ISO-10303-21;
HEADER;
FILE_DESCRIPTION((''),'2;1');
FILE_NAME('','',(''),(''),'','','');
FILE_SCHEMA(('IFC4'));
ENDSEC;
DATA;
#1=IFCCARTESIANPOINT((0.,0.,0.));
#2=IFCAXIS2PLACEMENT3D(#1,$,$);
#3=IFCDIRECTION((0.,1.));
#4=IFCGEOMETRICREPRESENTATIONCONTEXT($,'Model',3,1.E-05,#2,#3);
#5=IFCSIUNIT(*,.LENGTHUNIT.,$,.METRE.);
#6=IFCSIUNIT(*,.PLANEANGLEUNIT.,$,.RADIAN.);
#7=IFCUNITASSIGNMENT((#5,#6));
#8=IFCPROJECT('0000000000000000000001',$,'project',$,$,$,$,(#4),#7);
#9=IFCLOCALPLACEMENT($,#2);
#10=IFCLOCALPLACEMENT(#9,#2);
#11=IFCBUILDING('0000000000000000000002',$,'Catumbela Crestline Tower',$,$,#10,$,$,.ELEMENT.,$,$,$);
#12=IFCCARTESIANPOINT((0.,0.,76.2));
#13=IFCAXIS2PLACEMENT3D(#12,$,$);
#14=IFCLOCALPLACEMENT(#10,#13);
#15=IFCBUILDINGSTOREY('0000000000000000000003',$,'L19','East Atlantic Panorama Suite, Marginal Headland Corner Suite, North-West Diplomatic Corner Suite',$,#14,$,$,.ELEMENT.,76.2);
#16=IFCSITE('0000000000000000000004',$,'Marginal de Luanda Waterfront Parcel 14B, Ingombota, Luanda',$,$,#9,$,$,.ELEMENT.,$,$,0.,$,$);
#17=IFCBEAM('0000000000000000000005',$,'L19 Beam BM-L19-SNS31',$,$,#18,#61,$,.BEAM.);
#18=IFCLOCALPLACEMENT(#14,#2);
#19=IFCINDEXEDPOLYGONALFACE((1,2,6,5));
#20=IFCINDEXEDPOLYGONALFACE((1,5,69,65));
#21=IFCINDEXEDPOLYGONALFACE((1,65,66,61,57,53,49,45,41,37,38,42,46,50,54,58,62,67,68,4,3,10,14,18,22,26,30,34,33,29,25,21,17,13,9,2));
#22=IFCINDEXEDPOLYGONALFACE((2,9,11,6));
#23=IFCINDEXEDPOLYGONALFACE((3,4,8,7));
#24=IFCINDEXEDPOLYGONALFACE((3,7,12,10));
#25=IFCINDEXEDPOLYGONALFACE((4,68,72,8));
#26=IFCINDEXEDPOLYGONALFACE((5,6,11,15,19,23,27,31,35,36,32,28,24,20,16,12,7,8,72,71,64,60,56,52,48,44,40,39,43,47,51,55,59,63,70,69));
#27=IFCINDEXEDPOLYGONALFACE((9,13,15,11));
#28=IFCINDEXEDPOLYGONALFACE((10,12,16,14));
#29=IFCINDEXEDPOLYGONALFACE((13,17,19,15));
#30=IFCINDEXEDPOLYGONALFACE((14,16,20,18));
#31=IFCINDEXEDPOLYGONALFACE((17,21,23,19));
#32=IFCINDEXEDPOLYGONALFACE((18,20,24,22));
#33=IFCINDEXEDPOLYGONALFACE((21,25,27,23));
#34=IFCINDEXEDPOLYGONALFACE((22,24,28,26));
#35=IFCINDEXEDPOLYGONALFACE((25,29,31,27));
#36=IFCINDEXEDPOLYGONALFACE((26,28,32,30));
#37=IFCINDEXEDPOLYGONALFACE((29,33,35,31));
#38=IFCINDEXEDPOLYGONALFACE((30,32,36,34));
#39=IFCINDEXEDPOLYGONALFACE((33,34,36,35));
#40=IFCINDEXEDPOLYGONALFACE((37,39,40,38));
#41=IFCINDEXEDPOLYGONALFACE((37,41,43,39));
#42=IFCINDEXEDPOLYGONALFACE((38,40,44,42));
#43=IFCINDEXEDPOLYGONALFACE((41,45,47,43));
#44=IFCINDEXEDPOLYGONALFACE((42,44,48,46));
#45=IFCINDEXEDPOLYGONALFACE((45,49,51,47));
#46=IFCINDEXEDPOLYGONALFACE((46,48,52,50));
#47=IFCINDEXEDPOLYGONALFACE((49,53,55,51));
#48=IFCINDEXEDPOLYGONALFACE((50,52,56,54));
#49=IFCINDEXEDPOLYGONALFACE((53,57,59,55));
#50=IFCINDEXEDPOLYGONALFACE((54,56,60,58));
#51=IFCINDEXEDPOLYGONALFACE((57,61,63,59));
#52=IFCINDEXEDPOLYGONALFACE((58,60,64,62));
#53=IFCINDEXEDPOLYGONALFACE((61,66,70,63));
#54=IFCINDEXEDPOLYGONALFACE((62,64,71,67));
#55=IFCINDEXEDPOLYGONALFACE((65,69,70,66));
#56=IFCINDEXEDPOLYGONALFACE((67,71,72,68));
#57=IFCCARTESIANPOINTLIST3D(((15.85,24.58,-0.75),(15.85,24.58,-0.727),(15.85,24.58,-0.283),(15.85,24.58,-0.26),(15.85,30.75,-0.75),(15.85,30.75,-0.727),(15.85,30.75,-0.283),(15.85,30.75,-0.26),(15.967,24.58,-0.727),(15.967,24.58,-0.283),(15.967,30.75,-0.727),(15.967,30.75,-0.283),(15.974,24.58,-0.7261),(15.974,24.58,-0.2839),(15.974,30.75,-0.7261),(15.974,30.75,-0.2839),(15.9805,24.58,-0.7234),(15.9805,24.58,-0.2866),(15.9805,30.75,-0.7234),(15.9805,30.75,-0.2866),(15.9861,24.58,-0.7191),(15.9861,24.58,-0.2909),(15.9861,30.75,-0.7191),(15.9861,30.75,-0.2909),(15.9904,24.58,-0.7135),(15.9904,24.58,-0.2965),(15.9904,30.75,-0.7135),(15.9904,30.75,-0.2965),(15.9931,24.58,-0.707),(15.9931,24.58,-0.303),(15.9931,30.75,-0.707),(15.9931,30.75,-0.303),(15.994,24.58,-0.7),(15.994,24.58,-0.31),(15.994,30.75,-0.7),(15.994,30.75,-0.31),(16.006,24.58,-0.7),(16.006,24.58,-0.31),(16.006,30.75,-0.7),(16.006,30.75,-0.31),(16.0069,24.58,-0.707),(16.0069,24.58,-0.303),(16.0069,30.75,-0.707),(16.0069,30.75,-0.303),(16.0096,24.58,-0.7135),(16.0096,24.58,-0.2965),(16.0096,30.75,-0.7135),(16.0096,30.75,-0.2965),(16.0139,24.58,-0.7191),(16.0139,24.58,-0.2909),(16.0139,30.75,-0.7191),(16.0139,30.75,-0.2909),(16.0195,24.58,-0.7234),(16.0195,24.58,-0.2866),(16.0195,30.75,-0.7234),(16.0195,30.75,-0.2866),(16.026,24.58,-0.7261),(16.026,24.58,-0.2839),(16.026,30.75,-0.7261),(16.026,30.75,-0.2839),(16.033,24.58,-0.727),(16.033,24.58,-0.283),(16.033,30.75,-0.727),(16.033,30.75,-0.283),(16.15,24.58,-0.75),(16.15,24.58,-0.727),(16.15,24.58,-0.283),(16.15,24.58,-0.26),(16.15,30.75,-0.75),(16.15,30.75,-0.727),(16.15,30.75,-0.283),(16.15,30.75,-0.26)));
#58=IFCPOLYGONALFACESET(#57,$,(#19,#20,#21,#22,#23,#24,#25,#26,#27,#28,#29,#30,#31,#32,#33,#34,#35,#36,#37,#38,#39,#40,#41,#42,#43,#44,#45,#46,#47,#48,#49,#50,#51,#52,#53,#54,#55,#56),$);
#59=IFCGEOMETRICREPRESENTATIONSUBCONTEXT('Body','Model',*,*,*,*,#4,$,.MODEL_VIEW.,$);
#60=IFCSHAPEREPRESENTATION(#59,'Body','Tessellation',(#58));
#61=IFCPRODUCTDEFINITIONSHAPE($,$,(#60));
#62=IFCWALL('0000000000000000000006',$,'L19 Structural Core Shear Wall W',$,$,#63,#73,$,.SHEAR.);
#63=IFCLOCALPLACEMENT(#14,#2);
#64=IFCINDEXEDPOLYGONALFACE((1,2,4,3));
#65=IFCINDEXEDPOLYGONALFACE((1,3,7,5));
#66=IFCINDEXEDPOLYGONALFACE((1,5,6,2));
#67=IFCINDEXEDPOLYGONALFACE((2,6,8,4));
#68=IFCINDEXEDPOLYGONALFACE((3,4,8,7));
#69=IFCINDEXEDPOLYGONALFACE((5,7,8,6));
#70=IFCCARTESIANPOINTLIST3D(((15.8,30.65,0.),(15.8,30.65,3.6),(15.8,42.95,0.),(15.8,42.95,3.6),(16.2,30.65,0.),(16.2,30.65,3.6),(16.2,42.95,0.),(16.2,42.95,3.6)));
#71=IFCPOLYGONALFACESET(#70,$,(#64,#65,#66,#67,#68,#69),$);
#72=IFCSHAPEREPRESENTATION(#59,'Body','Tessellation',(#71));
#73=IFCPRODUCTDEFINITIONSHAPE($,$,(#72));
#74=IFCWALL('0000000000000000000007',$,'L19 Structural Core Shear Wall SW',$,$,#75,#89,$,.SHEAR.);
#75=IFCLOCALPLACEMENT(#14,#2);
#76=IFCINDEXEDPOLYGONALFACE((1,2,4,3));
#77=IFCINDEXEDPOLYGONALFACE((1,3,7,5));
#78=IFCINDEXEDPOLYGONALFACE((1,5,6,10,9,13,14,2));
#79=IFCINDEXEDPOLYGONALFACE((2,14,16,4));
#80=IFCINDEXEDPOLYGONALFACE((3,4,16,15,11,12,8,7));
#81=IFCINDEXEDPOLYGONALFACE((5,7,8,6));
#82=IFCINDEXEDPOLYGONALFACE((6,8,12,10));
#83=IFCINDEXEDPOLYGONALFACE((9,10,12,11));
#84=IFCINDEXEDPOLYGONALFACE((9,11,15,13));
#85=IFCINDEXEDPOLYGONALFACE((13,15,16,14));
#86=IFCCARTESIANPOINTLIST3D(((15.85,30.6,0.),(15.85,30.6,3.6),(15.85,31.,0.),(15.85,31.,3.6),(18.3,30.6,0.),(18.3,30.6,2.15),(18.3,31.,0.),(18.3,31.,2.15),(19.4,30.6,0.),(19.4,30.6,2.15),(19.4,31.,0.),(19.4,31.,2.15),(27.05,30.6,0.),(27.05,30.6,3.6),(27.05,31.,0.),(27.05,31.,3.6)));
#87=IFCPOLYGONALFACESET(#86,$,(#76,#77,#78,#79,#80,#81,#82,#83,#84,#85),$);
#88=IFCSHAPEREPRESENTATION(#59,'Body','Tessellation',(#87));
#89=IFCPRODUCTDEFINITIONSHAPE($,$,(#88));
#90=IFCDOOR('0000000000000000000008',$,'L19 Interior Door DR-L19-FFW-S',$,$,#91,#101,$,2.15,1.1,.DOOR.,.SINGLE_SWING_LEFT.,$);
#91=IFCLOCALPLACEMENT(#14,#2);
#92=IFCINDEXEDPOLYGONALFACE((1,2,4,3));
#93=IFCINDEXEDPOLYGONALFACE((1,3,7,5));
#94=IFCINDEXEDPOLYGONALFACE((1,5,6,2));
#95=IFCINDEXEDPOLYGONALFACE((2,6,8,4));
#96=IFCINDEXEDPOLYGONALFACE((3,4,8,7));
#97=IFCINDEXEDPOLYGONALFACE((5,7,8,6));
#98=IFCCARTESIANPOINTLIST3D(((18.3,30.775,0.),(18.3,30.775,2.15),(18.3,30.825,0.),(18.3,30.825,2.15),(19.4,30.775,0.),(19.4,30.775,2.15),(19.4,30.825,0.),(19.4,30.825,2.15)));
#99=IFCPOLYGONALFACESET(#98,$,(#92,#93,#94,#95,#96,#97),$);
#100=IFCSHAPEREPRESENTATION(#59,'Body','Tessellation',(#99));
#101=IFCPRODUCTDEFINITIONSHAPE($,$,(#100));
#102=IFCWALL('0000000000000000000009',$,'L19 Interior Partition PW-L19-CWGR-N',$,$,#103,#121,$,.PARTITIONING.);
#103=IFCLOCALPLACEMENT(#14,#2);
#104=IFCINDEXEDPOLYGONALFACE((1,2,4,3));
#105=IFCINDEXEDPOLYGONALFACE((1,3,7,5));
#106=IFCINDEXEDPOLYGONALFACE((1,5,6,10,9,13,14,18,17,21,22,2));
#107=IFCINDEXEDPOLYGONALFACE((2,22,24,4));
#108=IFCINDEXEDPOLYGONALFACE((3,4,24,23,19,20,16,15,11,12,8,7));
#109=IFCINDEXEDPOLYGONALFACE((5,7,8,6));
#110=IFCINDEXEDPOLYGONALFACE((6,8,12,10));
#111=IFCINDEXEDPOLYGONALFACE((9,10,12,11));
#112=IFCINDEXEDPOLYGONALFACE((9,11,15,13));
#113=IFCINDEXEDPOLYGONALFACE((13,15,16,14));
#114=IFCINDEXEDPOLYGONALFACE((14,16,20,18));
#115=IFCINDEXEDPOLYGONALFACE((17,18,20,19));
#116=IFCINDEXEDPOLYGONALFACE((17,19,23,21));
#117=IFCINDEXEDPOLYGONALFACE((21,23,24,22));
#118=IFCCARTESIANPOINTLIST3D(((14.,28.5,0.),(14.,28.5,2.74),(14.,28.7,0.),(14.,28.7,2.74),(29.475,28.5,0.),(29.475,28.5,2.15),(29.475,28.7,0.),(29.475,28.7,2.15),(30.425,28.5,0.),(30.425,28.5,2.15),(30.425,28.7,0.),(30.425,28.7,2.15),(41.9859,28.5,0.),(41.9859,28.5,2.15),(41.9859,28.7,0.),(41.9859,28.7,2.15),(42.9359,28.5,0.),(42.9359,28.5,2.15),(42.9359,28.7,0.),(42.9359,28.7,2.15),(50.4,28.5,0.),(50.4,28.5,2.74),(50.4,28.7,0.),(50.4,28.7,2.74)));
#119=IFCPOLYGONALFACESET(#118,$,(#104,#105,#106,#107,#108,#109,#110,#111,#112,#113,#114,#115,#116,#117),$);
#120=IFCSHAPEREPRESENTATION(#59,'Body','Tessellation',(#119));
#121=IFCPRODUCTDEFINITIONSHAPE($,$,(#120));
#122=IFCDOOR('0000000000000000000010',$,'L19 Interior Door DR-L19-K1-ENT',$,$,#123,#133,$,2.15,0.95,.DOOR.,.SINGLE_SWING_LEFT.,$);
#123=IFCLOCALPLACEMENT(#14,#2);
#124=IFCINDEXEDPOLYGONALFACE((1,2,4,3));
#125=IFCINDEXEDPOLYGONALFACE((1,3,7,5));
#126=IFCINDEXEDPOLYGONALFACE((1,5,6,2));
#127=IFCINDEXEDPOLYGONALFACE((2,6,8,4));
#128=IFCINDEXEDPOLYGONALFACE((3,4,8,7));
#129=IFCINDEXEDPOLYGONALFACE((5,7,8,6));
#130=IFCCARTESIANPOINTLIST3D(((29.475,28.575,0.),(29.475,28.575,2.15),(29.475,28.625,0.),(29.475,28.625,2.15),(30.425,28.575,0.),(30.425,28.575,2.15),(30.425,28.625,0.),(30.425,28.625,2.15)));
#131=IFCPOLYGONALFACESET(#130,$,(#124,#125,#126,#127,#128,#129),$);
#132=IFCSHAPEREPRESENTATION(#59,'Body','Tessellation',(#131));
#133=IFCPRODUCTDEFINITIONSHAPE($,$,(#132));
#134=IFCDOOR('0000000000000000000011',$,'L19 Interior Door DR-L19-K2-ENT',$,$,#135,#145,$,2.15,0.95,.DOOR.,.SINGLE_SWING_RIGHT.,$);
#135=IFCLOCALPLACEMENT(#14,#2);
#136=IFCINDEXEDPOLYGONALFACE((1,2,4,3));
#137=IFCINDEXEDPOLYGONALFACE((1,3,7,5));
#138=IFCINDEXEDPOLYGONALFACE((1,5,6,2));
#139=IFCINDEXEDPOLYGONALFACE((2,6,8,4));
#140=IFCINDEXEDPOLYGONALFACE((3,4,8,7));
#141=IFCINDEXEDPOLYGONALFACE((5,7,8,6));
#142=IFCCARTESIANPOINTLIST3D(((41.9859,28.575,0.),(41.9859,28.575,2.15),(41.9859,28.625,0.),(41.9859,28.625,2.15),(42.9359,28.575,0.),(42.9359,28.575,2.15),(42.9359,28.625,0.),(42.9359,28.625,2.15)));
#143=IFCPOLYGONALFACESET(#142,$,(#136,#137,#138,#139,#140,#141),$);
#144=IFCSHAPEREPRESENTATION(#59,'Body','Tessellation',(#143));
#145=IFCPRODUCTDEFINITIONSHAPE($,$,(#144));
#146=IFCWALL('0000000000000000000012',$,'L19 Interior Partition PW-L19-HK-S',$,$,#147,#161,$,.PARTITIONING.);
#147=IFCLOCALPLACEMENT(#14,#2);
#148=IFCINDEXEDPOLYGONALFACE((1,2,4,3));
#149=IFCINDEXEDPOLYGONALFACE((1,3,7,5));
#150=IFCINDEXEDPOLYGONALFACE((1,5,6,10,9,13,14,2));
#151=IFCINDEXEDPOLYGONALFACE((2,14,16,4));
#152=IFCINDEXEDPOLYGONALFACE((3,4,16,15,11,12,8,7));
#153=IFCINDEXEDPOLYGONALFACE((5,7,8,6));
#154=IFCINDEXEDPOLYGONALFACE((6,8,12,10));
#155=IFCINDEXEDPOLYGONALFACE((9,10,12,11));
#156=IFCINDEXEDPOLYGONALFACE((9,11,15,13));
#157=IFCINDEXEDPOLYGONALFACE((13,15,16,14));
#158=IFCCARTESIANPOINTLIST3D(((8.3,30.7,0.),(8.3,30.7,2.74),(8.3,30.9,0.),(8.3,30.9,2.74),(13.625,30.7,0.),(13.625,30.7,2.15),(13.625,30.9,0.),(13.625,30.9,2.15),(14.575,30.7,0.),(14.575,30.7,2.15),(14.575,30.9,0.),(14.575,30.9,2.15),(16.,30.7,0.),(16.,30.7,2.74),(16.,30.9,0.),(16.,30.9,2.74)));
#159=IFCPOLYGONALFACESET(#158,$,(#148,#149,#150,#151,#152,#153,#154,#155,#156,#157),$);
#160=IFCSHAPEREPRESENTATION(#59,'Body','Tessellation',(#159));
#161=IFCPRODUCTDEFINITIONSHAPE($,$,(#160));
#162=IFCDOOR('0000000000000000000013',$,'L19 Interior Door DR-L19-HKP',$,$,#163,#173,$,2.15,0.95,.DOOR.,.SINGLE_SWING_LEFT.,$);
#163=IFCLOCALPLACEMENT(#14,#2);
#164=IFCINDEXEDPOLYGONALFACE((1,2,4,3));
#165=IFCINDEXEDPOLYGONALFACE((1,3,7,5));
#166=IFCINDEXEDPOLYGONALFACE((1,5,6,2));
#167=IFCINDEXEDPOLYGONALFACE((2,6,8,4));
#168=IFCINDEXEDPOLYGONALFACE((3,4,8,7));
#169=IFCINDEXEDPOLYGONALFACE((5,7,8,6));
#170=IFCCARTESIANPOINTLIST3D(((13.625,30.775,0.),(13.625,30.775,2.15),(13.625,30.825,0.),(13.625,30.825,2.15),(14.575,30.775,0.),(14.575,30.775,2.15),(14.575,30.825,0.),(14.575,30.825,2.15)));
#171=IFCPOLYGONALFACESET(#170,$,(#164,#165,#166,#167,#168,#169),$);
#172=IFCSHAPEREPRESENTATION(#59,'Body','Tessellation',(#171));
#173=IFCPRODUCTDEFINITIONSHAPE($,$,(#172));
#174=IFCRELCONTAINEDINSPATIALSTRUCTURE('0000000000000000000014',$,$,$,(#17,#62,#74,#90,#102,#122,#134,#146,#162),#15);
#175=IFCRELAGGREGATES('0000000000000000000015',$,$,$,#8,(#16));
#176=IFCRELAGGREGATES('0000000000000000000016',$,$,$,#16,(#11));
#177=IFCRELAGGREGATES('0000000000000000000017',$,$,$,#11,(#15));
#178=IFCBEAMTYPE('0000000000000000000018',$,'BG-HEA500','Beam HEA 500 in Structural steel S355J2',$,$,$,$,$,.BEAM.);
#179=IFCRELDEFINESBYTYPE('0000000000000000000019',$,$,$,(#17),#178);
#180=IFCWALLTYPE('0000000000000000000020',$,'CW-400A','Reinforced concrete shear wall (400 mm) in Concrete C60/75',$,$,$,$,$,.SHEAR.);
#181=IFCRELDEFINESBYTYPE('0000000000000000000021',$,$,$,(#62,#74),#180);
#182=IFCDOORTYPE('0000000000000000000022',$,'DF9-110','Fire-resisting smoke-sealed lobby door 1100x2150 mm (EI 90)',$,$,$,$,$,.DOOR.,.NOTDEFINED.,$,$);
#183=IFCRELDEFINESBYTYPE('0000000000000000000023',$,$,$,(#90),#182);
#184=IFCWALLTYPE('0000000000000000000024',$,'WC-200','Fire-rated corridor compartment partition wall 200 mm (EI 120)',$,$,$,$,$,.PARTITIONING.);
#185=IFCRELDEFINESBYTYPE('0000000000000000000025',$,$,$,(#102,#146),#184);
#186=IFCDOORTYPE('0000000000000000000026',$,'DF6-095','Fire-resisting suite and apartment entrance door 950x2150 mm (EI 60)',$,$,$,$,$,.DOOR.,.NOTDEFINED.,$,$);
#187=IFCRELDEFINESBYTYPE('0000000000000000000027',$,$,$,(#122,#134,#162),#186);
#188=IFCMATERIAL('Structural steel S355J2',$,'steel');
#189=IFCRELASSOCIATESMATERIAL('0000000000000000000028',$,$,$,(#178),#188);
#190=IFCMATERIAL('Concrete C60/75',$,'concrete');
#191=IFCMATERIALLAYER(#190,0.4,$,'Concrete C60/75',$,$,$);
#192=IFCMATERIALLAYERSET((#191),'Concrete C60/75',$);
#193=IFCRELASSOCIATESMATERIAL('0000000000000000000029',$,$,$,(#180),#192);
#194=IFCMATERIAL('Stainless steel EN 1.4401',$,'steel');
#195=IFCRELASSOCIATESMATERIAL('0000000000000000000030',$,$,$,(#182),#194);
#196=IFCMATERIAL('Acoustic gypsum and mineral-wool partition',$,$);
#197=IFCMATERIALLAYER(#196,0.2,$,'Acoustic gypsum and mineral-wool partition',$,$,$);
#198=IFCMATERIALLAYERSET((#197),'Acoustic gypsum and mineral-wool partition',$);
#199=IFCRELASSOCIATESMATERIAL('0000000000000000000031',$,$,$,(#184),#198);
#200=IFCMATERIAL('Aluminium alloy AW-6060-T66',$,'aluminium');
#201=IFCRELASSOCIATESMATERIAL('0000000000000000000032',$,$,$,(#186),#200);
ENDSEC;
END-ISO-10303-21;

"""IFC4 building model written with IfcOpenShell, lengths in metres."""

from ifc_helpers import new_model, si_unit, direction, frame, frame_2d, origin, origin_2d, place, context, subcontext, project, spatial, rectangle, i_section, extrude, material, layer, layer_set, material_profile, profile_set, type_object, element, fill, save


model = new_model("IFC4")

# Units and contexts
model_context = context("Model", 3, precision=1e-05, world=origin(), true_north=direction((0.0, 1.0)))
body_context = subcontext(model_context, "Body", "Model", "MODEL_VIEW")
ifc_project = project(units=[si_unit("LENGTHUNIT", "METRE"), si_unit("PLANEANGLEUNIT", "RADIAN")], contexts=[model_context])

# Site, building, storey
site_placement = place(None, origin())
site = spatial("IfcSite", under=ifc_project, at=site_placement, Name="Marginal de Luanda Waterfront Parcel 14B, Ingombota, Luanda", CompositionType="ELEMENT", RefElevation=0.0)
building_placement = place(site_placement, origin())
building = spatial("IfcBuilding", under=site, at=building_placement, Name="Catumbela Crestline Tower", CompositionType="ELEMENT")
storey_placement = place(building_placement, frame((0.0, 0.0, 76.2)))
storey = spatial("IfcBuildingStorey", under=building, at=storey_placement, Name="L19", Description="East Atlantic Panorama Suite, Marginal Headland Corner Suite, North-West Diplomatic Corner Suite", CompositionType="ELEMENT", Elevation=76.2)

# Beam
ifc_material_1 = material(Name="Structural steel S355J2", Category="steel")
ifc_material_profile_1 = material_profile(ifc_material_1, i_section(OverallWidth=0.3, OverallDepth=0.49, WebThickness=0.012, FlangeThickness=0.023, FilletRadius=0.027, at=origin_2d()), Name="HEA 500")
ifc_profile_set_1 = profile_set([ifc_material_profile_1], Name="Structural steel S355J2")
beam_type = type_object("IfcBeamType", Name="BG-HEA500", Description="Beam HEA 500 in Structural steel S355J2", PredefinedType="BEAM", material=ifc_profile_set_1)
beam_1_placement = place(storey_placement, frame((16.0, 24.58, -0.505), z_axis=(0.0, 1.0, 0.0), x_axis=(-1.0, 0.0, 0.0)))
element("IfcBeam", 1, at=beam_1_placement, inside=storey, type_object=beam_type, Name="L19 Beam BM-L19-SNS31", PredefinedType="BEAM", context=body_context, shape_type="SweptSolid", body=[
    extrude(i_section(OverallWidth=0.3, OverallDepth=0.49, WebThickness=0.012, FlangeThickness=0.023, FilletRadius=0.027, at=origin_2d()), origin(), (0.0, 0.0, 1.0), 6.17),
])

# Wall
ifc_material_2 = material(Name="Concrete C60/75", Category="concrete")
ifc_layer_1 = layer(ifc_material_2, 0.4, Name="Concrete C60/75")
ifc_layer_set_1 = layer_set([ifc_layer_1], Name="Concrete C60/75")
wall_type_1 = type_object("IfcWallType", Name="CW-400A", Description="Reinforced concrete shear wall (400 mm) in Concrete C60/75", PredefinedType="SHEAR", material=ifc_layer_set_1)
wall_1_placement = place(storey_placement, frame((16.0, 30.65, 0.0), z_axis=(0.0, 0.0, 1.0), x_axis=(0.0, 1.0, 0.0)))
element("IfcWall", 2, at=wall_1_placement, inside=storey, type_object=wall_type_1, Name="L19 Structural Core Shear Wall W", PredefinedType="SHEAR", context=body_context, shape_type="SweptSolid", body=[
    extrude(rectangle(XDim=12.3, YDim=0.4, at=frame_2d((6.15, 0.0))), origin(), (0.0, 0.0, 1.0), 3.6),
])

# Wall, opening, door
wall_2_placement = place(storey_placement, frame((15.85, 30.8, 0.0), z_axis=(0.0, 0.0, 1.0), x_axis=(1.0, 0.0, 0.0)))
wall_2 = element("IfcWall", 3, at=wall_2_placement, inside=storey, type_object=wall_type_1, Name="L19 Structural Core Shear Wall SW", PredefinedType="SHEAR", context=body_context, shape_type="SweptSolid", body=[
    extrude(rectangle(XDim=11.2, YDim=0.4, at=frame_2d((5.6, 0.0))), origin(), (0.0, 0.0, 1.0), 3.6),
])
opening_1_placement = place(wall_2_placement, frame((2.45, 0.0, 0.0)))
opening_1 = element("IfcOpeningElement", 4, at=opening_1_placement, cuts=wall_2, PredefinedType="OPENING", context=body_context, shape_type="SweptSolid", body=[
    extrude(rectangle(XDim=1.1, YDim=2.15, at=frame_2d((0.55, 1.075))), frame((0.0, 0.21, 0.0), z_axis=(0.0, -1.0, 0.0), x_axis=(1.0, 0.0, 0.0)), (0.0, 0.0, 1.0), 0.42),
])
ifc_material_3 = material(Name="Stainless steel EN 1.4401", Category="steel")
door_type_1 = type_object("IfcDoorType", Name="DF9-110", Description="Fire-resisting smoke-sealed lobby door 1100x2150 mm (EI 90)", OperationType="NOTDEFINED", PredefinedType="DOOR", material=ifc_material_3)
door_1_placement = place(opening_1_placement, origin())
door_1 = element("IfcDoor", 5, at=door_1_placement, inside=storey, type_object=door_type_1, Name="L19 Interior Door DR-L19-FFW-S", OperationType="SINGLE_SWING_LEFT", OverallHeight=2.15, OverallWidth=1.1, PredefinedType="DOOR", context=body_context, shape_type="SweptSolid", body=[
    extrude(rectangle(XDim=1.1, YDim=2.15, at=frame_2d((0.55, 1.075))), frame((0.0, 0.025, 0.0), z_axis=(0.0, -1.0, 0.0), x_axis=(1.0, 0.0, 0.0)), (0.0, 0.0, 1.0), 0.05),
])
fill(opening_1, door_1)

# Wall, openings, doors
ifc_material_4 = material(Name="Acoustic gypsum and mineral-wool partition")
ifc_layer_2 = layer(ifc_material_4, 0.2, Name="Acoustic gypsum and mineral-wool partition")
ifc_layer_set_2 = layer_set([ifc_layer_2], Name="Acoustic gypsum and mineral-wool partition")
wall_type_2 = type_object("IfcWallType", Name="WC-200", Description="Fire-rated corridor compartment partition wall 200 mm (EI 120)", PredefinedType="PARTITIONING", material=ifc_layer_set_2)
wall_3_placement = place(storey_placement, frame((14.0, 28.6, 0.0), z_axis=(0.0, 0.0, 1.0), x_axis=(1.0, 0.0, 0.0)))
wall_3 = element("IfcWall", 6, at=wall_3_placement, inside=storey, type_object=wall_type_2, Name="L19 Interior Partition PW-L19-CWGR-N", PredefinedType="PARTITIONING", context=body_context, shape_type="SweptSolid", body=[
    extrude(rectangle(XDim=36.4, YDim=0.2, at=frame_2d((18.2, 0.0))), origin(), (0.0, 0.0, 1.0), 2.74),
])
opening_2_placement = place(wall_3_placement, frame((15.475, 0.0, 0.0)))
opening_2 = element("IfcOpeningElement", 7, at=opening_2_placement, cuts=wall_3, PredefinedType="OPENING", context=body_context, shape_type="SweptSolid", body=[
    extrude(rectangle(XDim=0.95, YDim=2.15, at=frame_2d((0.475, 1.075))), frame((0.0, 0.11, 0.0), z_axis=(0.0, -1.0, 0.0), x_axis=(1.0, 0.0, 0.0)), (0.0, 0.0, 1.0), 0.22),
])
opening_3_placement = place(wall_3_placement, frame((27.9859, 0.0, 0.0)))
opening_3 = element("IfcOpeningElement", 8, at=opening_3_placement, cuts=wall_3, PredefinedType="OPENING", context=body_context, shape_type="SweptSolid", body=[
    extrude(rectangle(XDim=0.95, YDim=2.15, at=frame_2d((0.475, 1.075))), frame((0.0, 0.11, 0.0), z_axis=(0.0, -1.0, 0.0), x_axis=(1.0, 0.0, 0.0)), (0.0, 0.0, 1.0), 0.22),
])
ifc_material_5 = material(Name="Aluminium alloy AW-6060-T66", Category="aluminium")
door_type_2 = type_object("IfcDoorType", Name="DF6-095", Description="Fire-resisting suite and apartment entrance door 950x2150 mm (EI 60)", OperationType="NOTDEFINED", PredefinedType="DOOR", material=ifc_material_5)
door_2_placement = place(opening_2_placement, origin())
door_2 = element("IfcDoor", 9, at=door_2_placement, inside=storey, type_object=door_type_2, Name="L19 Interior Door DR-L19-K1-ENT", OperationType="SINGLE_SWING_LEFT", OverallHeight=2.15, OverallWidth=0.95, PredefinedType="DOOR", context=body_context, shape_type="SweptSolid", body=[
    extrude(rectangle(XDim=0.95, YDim=2.15, at=frame_2d((0.475, 1.075))), frame((0.0, 0.025, 0.0), z_axis=(0.0, -1.0, 0.0), x_axis=(1.0, 0.0, 0.0)), (0.0, 0.0, 1.0), 0.05),
])
fill(opening_2, door_2)
door_3_placement = place(opening_3_placement, origin())
door_3 = element("IfcDoor", 10, at=door_3_placement, inside=storey, type_object=door_type_2, Name="L19 Interior Door DR-L19-K2-ENT", OperationType="SINGLE_SWING_RIGHT", OverallHeight=2.15, OverallWidth=0.95, PredefinedType="DOOR", context=body_context, shape_type="SweptSolid", body=[
    extrude(rectangle(XDim=0.95, YDim=2.15, at=frame_2d((0.475, 1.075))), frame((0.0, 0.025, 0.0), z_axis=(0.0, -1.0, 0.0), x_axis=(1.0, 0.0, 0.0)), (0.0, 0.0, 1.0), 0.05),
])
fill(opening_3, door_3)

# Wall, opening, door
wall_4_placement = place(storey_placement, frame((8.3, 30.8, 0.0), z_axis=(0.0, 0.0, 1.0), x_axis=(1.0, 0.0, 0.0)))
wall_4 = element("IfcWall", 11, at=wall_4_placement, inside=storey, type_object=wall_type_2, Name="L19 Interior Partition PW-L19-HK-S", PredefinedType="PARTITIONING", context=body_context, shape_type="SweptSolid", body=[
    extrude(rectangle(XDim=7.7, YDim=0.2, at=frame_2d((3.85, 0.0))), origin(), (0.0, 0.0, 1.0), 2.74),
])
opening_4_placement = place(wall_4_placement, frame((5.325, 0.0, 0.0)))
opening_4 = element("IfcOpeningElement", 12, at=opening_4_placement, cuts=wall_4, PredefinedType="OPENING", context=body_context, shape_type="SweptSolid", body=[
    extrude(rectangle(XDim=0.95, YDim=2.15, at=frame_2d((0.475, 1.075))), frame((0.0, 0.11, 0.0), z_axis=(0.0, -1.0, 0.0), x_axis=(1.0, 0.0, 0.0)), (0.0, 0.0, 1.0), 0.22),
])
door_4_placement = place(opening_4_placement, origin())
door_4 = element("IfcDoor", 13, at=door_4_placement, inside=storey, type_object=door_type_2, Name="L19 Interior Door DR-L19-HKP", OperationType="SINGLE_SWING_LEFT", OverallHeight=2.15, OverallWidth=0.95, PredefinedType="DOOR", context=body_context, shape_type="SweptSolid", body=[
    extrude(rectangle(XDim=0.95, YDim=2.15, at=frame_2d((0.475, 1.075))), frame((0.0, 0.025, 0.0), z_axis=(0.0, -1.0, 0.0), x_axis=(1.0, 0.0, 0.0)), (0.0, 0.0, 1.0), 0.05),
])
fill(opening_4, door_4)

save(model, "model.ifc")
